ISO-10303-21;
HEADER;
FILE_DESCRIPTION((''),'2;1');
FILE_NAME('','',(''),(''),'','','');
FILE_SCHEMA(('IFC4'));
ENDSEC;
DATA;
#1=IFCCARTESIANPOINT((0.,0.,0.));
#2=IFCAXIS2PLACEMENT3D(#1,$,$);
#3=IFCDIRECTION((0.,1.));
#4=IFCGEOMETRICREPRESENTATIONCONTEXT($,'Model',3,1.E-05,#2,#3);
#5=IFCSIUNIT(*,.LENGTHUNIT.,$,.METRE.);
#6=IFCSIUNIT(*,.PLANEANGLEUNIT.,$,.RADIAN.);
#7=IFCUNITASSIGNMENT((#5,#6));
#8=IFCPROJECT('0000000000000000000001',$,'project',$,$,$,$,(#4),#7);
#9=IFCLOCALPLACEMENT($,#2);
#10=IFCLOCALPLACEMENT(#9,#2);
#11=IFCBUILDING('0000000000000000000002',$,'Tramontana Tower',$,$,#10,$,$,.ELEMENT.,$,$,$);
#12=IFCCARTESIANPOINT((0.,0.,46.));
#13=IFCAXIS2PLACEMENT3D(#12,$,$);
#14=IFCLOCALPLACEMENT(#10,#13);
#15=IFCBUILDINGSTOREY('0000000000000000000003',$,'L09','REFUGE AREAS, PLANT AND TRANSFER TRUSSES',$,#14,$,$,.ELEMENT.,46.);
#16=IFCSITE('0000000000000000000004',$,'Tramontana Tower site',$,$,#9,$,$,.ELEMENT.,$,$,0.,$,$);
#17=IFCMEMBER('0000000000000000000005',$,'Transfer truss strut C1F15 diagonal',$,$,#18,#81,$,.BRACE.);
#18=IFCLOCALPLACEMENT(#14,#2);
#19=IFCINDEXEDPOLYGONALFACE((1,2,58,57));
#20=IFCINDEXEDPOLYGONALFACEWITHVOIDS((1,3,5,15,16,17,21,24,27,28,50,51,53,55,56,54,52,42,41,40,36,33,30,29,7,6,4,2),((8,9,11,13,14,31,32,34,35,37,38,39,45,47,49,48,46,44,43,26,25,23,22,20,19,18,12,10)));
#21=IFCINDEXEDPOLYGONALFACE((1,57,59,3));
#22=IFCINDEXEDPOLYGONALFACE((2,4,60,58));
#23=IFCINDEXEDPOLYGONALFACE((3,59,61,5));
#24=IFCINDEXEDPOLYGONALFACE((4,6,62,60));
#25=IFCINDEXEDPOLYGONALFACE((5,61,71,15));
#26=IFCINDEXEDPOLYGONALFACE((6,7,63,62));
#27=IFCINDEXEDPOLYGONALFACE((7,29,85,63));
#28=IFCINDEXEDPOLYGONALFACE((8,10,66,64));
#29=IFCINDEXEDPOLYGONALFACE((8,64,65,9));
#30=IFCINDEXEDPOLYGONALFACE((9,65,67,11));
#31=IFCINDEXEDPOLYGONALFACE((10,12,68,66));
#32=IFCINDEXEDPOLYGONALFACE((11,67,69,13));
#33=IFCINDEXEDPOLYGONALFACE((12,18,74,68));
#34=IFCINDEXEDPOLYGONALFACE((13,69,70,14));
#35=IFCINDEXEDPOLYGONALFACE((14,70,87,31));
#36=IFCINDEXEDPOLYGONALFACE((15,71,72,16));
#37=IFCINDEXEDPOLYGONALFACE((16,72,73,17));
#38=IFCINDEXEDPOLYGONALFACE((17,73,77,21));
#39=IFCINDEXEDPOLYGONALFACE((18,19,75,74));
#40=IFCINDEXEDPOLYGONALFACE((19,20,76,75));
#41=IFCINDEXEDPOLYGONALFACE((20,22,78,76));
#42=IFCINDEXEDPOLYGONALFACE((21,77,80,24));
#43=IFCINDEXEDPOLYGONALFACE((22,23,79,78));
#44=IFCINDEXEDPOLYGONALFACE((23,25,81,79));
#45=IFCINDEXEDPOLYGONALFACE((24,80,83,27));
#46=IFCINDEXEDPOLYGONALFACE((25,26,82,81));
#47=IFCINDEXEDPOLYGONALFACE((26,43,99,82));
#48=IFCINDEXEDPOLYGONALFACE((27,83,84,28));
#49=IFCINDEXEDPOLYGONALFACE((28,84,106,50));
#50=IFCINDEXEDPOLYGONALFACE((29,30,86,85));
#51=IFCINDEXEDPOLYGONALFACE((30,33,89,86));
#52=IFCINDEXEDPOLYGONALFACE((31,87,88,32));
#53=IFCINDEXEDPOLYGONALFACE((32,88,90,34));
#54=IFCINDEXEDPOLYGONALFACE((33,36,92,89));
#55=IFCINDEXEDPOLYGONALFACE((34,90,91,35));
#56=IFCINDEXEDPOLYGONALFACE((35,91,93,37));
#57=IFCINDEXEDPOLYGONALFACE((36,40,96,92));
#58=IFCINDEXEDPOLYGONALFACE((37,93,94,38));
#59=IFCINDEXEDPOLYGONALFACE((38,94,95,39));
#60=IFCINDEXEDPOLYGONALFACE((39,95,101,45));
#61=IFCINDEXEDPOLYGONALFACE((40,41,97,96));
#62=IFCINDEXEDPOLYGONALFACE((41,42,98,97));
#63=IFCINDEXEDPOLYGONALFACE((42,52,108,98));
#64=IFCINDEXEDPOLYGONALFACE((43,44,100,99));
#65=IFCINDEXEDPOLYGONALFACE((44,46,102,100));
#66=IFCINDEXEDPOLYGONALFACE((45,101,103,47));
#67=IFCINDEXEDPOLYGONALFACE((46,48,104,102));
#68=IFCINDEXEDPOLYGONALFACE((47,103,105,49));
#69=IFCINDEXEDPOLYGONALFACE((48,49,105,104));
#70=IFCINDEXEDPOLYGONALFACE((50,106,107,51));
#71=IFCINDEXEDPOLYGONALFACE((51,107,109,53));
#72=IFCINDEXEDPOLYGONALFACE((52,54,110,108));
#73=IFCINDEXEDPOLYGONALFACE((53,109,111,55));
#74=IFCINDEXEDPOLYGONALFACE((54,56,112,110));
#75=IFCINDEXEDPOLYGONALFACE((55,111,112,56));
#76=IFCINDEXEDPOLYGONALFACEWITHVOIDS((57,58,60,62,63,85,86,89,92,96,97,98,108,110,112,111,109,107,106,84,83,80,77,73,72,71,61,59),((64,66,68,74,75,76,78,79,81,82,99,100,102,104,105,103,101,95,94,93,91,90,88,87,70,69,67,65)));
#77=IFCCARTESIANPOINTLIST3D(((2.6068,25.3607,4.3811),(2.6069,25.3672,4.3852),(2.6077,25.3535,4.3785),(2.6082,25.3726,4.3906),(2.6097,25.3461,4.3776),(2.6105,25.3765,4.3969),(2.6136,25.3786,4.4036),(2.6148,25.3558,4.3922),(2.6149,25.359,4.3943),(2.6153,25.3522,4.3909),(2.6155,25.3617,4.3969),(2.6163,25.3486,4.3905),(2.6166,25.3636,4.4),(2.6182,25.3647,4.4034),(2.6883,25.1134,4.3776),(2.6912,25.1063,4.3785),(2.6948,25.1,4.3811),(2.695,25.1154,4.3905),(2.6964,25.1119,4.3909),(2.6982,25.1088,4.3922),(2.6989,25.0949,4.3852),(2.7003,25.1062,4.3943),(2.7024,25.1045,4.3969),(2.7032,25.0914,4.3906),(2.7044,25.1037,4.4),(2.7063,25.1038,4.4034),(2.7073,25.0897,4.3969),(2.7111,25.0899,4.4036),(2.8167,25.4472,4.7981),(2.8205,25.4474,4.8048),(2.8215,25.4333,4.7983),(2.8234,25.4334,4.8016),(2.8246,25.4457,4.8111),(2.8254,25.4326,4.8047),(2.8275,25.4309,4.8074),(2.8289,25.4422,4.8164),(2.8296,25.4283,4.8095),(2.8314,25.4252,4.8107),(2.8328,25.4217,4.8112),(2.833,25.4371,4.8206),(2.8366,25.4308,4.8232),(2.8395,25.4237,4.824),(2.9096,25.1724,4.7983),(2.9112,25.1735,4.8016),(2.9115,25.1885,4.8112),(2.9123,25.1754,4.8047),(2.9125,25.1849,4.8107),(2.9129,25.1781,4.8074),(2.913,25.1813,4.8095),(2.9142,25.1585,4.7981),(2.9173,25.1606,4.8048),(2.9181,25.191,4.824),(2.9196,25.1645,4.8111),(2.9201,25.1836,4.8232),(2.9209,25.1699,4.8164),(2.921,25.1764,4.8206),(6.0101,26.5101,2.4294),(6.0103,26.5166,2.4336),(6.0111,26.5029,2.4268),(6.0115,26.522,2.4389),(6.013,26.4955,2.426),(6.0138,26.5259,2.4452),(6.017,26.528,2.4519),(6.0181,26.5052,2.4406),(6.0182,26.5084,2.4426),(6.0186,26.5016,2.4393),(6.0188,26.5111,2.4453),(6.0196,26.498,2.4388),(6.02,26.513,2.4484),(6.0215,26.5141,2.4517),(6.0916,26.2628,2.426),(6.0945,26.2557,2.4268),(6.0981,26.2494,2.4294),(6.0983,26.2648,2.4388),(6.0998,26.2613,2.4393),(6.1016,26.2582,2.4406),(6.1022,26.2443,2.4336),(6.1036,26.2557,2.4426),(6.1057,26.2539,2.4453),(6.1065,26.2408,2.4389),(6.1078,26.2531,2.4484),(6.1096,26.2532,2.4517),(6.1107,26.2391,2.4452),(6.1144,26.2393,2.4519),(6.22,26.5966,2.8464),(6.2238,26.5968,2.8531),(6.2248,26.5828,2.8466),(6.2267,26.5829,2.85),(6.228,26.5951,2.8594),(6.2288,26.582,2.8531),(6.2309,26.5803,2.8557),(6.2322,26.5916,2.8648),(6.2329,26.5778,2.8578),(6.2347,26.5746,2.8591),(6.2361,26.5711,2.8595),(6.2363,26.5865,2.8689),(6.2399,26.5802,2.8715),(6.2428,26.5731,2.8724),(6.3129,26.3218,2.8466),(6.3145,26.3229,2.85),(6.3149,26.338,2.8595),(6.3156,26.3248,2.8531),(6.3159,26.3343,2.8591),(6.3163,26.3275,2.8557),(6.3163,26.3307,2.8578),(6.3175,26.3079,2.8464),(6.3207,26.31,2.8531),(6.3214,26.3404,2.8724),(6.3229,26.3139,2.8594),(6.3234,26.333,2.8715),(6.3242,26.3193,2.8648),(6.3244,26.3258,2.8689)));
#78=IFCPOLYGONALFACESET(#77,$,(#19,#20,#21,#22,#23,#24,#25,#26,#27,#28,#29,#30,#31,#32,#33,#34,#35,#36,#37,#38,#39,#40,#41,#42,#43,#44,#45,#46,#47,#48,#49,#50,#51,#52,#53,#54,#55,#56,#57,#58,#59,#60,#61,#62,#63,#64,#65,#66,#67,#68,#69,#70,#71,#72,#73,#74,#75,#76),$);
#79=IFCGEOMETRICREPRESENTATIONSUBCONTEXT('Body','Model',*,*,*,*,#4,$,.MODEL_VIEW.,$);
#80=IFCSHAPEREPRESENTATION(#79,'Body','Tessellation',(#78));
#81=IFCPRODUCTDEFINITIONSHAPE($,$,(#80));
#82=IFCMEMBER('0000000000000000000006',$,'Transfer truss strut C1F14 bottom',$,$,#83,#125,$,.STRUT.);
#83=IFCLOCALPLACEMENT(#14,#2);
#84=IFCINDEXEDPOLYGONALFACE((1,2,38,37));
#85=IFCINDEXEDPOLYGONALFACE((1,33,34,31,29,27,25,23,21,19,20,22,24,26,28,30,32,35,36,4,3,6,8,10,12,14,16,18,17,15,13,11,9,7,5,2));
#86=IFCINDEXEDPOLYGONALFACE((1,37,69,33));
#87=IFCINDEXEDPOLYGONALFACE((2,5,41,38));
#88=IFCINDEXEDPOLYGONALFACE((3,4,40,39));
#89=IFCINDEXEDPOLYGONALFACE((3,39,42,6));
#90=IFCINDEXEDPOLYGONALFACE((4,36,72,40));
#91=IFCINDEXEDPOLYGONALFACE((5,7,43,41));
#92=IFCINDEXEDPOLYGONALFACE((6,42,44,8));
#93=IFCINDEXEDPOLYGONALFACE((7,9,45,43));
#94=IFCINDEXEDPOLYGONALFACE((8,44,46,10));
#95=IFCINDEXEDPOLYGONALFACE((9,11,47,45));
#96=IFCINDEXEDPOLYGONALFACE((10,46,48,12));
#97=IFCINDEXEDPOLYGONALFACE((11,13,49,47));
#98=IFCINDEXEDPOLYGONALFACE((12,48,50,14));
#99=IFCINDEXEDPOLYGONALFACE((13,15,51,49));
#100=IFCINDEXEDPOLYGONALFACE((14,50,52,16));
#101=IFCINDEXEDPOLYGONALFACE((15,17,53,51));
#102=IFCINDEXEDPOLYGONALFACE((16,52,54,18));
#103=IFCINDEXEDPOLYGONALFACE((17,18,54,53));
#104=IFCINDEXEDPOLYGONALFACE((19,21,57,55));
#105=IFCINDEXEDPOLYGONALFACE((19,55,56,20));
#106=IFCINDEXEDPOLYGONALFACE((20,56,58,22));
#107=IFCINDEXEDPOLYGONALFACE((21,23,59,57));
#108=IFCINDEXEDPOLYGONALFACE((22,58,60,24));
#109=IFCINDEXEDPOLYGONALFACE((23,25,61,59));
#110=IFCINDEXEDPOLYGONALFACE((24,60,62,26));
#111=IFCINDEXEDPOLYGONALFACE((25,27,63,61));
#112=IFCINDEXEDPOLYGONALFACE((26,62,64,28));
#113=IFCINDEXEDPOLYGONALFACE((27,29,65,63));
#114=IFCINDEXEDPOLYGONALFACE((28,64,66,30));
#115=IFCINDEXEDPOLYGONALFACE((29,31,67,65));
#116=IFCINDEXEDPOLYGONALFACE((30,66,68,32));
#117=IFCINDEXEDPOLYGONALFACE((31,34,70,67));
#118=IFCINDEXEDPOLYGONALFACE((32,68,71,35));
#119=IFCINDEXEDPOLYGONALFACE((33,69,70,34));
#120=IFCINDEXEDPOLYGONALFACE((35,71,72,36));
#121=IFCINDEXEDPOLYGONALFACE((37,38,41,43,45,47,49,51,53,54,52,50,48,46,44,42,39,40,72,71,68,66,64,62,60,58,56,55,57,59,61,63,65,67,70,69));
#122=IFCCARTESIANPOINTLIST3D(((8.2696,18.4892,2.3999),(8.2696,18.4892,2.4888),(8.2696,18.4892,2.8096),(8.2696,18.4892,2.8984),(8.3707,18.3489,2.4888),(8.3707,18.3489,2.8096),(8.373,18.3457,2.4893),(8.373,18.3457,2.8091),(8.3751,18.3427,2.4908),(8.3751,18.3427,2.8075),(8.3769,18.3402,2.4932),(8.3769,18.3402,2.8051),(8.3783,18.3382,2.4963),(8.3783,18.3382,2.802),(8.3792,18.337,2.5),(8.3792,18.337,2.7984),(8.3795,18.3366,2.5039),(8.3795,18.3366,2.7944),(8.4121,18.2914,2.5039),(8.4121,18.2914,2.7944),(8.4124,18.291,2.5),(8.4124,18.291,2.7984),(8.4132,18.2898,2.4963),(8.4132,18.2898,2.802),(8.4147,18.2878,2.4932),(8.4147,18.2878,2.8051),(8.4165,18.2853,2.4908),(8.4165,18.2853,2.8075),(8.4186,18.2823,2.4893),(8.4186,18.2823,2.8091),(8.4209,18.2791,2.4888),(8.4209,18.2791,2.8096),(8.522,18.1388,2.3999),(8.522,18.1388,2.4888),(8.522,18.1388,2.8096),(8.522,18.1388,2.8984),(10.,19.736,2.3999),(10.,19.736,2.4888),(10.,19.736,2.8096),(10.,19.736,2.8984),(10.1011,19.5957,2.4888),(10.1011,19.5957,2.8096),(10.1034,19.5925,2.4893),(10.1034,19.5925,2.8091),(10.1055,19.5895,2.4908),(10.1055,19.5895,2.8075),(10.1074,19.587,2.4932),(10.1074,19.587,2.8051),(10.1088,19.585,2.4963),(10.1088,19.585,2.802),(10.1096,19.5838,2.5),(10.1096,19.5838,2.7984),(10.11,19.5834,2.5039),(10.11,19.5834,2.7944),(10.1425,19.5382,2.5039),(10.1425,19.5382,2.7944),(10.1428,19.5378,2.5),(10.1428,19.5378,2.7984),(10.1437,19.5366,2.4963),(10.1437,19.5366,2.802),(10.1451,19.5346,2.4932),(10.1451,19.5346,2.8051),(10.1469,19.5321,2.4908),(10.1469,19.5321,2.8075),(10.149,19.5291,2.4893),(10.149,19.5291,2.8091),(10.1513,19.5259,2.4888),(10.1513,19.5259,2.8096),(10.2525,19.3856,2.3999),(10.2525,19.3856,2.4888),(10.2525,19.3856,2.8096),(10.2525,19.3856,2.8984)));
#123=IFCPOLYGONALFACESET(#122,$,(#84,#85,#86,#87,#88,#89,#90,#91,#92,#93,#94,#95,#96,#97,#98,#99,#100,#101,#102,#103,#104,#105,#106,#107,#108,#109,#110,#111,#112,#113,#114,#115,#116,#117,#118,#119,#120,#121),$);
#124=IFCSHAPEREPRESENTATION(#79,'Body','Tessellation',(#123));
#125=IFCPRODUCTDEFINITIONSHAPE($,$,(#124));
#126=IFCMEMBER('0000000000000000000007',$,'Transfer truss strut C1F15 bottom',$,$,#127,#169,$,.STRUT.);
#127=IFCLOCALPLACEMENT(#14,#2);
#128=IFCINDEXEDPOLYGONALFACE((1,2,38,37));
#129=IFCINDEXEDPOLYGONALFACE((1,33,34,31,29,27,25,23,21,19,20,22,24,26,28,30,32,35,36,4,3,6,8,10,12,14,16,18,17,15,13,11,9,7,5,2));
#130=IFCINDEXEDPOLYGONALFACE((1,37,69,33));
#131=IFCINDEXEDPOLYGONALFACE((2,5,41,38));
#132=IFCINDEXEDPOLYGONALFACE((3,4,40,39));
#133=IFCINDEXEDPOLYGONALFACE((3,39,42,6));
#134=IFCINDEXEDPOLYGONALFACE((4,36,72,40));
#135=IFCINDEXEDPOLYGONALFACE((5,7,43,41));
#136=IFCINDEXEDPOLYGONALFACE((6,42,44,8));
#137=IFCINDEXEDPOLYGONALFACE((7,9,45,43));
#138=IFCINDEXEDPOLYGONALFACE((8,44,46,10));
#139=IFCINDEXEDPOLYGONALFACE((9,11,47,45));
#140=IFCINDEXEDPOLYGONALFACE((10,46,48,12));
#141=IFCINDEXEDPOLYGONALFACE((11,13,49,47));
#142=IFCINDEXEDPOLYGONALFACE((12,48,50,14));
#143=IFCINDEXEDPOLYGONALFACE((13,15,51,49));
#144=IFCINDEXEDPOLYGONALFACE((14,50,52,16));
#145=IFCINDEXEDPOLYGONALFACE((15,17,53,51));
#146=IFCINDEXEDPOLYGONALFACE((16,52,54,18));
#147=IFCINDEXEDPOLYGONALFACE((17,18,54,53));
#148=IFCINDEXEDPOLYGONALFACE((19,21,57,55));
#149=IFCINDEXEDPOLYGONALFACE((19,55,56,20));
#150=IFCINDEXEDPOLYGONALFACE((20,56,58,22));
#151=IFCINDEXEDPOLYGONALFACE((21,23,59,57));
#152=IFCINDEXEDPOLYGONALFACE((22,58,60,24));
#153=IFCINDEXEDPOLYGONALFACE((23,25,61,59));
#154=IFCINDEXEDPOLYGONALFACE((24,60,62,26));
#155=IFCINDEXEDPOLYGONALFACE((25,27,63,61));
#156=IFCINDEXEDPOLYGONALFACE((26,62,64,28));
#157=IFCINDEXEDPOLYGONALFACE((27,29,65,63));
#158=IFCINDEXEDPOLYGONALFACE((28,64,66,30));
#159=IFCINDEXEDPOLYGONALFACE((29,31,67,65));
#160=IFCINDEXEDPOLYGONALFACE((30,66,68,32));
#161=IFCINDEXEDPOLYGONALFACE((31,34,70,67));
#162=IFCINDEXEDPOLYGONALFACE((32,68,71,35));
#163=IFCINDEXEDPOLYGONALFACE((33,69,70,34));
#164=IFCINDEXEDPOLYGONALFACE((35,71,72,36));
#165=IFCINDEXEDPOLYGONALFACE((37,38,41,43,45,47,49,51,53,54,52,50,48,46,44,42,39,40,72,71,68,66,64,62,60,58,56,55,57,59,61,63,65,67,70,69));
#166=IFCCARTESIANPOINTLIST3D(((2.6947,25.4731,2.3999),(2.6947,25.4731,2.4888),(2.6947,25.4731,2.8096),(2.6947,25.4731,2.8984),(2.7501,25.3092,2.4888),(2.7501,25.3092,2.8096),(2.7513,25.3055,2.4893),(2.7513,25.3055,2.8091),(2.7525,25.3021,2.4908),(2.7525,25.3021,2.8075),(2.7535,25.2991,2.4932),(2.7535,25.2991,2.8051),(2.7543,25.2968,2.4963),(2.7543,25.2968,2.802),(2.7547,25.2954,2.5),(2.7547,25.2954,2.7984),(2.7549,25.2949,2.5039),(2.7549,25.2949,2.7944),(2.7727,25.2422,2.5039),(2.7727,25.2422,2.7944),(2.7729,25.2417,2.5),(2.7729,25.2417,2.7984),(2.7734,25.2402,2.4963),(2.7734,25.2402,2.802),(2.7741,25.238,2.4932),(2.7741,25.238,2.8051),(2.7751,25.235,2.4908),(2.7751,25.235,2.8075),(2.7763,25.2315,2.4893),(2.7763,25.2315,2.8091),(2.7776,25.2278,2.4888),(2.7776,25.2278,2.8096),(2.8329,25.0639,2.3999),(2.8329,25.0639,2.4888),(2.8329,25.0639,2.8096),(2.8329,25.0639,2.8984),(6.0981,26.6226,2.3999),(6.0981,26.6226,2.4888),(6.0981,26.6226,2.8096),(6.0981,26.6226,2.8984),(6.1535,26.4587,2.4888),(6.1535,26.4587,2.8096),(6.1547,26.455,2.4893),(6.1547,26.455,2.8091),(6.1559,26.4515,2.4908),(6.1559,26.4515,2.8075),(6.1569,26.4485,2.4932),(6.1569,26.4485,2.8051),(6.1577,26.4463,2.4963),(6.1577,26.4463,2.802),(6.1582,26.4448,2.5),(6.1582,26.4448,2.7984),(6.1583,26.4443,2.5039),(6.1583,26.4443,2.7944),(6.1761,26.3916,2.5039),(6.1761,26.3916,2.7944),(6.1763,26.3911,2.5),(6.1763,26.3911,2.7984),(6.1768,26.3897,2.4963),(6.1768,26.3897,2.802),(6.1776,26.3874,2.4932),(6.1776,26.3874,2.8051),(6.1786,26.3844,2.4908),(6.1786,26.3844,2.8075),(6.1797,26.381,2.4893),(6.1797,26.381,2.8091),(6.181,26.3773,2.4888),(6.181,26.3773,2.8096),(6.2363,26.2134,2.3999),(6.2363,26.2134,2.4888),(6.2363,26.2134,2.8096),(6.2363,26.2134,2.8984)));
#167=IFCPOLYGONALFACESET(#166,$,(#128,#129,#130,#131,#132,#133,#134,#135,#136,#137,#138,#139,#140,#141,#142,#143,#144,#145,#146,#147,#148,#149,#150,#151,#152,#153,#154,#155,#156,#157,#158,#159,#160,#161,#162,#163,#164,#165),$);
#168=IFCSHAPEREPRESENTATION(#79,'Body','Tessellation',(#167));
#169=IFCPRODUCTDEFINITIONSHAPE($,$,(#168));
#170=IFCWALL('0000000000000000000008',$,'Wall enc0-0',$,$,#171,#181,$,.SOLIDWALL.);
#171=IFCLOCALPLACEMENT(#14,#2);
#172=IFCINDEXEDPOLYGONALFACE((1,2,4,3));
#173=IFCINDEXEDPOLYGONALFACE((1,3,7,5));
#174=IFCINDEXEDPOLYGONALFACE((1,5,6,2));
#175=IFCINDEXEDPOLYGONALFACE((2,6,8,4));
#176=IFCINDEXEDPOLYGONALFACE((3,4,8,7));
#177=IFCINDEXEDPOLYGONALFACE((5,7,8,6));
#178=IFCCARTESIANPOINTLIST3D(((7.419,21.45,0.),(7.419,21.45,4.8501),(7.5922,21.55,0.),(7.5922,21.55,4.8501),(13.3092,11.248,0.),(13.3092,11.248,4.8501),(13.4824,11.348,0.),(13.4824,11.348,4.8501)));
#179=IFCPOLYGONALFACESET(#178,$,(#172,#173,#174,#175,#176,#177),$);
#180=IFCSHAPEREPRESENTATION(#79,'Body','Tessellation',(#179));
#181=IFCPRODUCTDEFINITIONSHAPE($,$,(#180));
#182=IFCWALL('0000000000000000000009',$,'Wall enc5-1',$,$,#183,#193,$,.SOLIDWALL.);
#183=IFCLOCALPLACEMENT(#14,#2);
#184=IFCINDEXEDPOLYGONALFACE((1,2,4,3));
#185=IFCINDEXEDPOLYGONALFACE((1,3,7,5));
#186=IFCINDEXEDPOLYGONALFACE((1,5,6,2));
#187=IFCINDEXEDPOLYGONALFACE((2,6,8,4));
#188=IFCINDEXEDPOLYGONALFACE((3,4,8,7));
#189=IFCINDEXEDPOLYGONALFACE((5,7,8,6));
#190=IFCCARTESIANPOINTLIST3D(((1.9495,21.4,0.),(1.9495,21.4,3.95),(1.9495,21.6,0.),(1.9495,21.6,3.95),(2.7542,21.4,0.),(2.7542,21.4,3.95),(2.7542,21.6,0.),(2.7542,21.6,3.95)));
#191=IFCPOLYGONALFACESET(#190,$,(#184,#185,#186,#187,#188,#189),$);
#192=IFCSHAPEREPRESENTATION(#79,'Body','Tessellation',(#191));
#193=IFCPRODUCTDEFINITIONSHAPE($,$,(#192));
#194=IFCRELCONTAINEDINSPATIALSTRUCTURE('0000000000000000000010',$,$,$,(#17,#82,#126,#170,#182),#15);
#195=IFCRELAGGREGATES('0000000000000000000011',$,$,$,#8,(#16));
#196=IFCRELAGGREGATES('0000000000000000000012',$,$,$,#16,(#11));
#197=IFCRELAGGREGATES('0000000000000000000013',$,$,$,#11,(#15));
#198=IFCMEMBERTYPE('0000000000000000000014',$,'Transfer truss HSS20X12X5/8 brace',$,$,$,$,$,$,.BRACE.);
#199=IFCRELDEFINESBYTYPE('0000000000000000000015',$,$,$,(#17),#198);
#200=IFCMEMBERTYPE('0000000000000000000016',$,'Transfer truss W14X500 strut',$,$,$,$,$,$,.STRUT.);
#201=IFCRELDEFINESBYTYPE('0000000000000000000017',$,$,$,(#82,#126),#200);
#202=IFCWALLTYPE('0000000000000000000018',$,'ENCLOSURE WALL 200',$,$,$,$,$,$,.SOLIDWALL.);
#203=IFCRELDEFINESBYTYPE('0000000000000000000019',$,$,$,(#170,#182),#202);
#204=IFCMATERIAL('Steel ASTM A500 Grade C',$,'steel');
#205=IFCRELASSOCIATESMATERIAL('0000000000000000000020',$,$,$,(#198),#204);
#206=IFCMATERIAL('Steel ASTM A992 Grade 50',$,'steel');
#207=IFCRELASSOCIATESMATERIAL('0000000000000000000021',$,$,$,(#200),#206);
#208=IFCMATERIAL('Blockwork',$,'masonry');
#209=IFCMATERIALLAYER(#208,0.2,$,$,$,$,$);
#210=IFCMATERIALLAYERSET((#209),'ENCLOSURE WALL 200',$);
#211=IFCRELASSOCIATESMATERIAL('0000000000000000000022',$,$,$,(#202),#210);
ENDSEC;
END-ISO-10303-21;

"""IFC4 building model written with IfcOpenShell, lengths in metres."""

from ifc_helpers import new_model, si_unit, direction, frame, frame_2d, origin, origin_2d, place, context, subcontext, project, spatial, rectangle, hollow_rectangle, i_section, extrude, material, layer, layer_set, material_profile, profile_set, type_object, element, save


model = new_model("IFC4")

# Units and contexts
model_context = context("Model", 3, precision=1e-05, world=origin(), true_north=direction((0.0, 1.0)))
body_context = subcontext(model_context, "Body", "Model", "MODEL_VIEW")
ifc_project = project(units=[si_unit("LENGTHUNIT", "METRE"), si_unit("PLANEANGLEUNIT", "RADIAN")], contexts=[model_context])

# Site, building, storey
site_placement = place(None, origin())
site = spatial("IfcSite", under=ifc_project, at=site_placement, Name="Tramontana Tower site", CompositionType="ELEMENT", RefElevation=0.0)
building_placement = place(site_placement, origin())
building = spatial("IfcBuilding", under=site, at=building_placement, Name="Tramontana Tower", CompositionType="ELEMENT")
storey_placement = place(building_placement, frame((0.0, 0.0, 46.0)))
storey = spatial("IfcBuildingStorey", under=building, at=storey_placement, Name="L09", Description="REFUGE AREAS, PLANT AND TRANSFER TRUSSES", CompositionType="ELEMENT", Elevation=46.0)

# Members
ifc_material_1 = material(Name="Steel ASTM A500 Grade C", Category="steel")
ifc_material_profile_1 = material_profile(ifc_material_1, hollow_rectangle(XDim=0.3047, YDim=0.5081, WallThickness=0.0146, InnerFilletRadius=0.0146, OuterFilletRadius=0.0295, at=origin_2d()), Name="HSS20X12X5/8")
ifc_profile_set_1 = profile_set([ifc_material_profile_1], Name="Steel ASTM A500 Grade C")
member_type_1 = type_object("IfcMemberType", Name="Transfer truss HSS20X12X5/8 brace", PredefinedType="BRACE", material=ifc_profile_set_1)
member_1_placement = place(storey_placement, frame((6.1672, 26.418, 2.6492), z_axis=(-0.83249, -0.28116, 0.477398), x_axis=(0.319977, -0.947425, 0.0)))
element("IfcMember", 1, at=member_1_placement, inside=storey, type_object=member_type_1, Name="Transfer truss strut C1F15 diagonal", PredefinedType="BRACE", context=body_context, shape_type="SweptSolid", body=[
    extrude(hollow_rectangle(XDim=0.3047, YDim=0.5081, WallThickness=0.0146, InnerFilletRadius=0.0146, OuterFilletRadius=0.0295, at=origin_2d()), origin(), (0.0, 0.0, 1.0), 4.0881),
])
ifc_material_2 = material(Name="Steel ASTM A992 Grade 50", Category="steel")
ifc_material_profile_2 = material_profile(ifc_material_2, i_section(OverallWidth=0.4319, OverallDepth=0.4985, WebThickness=0.0557, FlangeThickness=0.0889, FilletRadius=0.0151, at=origin_2d()), Name="W14X500")
ifc_profile_set_2 = profile_set([ifc_material_profile_2], Name="Steel ASTM A992 Grade 50")
member_type_2 = type_object("IfcMemberType", Name="Transfer truss W14X500 strut", PredefinedType="STRUT", material=ifc_profile_set_2)
member_2_placement = place(storey_placement, frame((10.1262, 19.5608, 2.6492), z_axis=(-0.811337, -0.584579, 0.0), x_axis=(0.584579, -0.811337, 0.0)))
element("IfcMember", 2, at=member_2_placement, inside=storey, type_object=member_type_2, Name="Transfer truss strut C1F14 bottom", PredefinedType="STRUT", context=body_context, shape_type="SweptSolid", body=[
    extrude(i_section(OverallWidth=0.4319, OverallDepth=0.4985, WebThickness=0.0557, FlangeThickness=0.0889, FilletRadius=0.0151, at=origin_2d()), origin(), (0.0, 0.0, 1.0), 2.1328),
])
member_3_placement = place(storey_placement, frame((6.1672, 26.418, 2.6492), z_axis=(-0.947425, -0.319977, 0.0), x_axis=(0.319977, -0.947425, 0.0)))
element("IfcMember", 3, at=member_3_placement, inside=storey, type_object=member_type_2, Name="Transfer truss strut C1F15 bottom", PredefinedType="STRUT", context=body_context, shape_type="SweptSolid", body=[
    extrude(i_section(OverallWidth=0.4319, OverallDepth=0.4985, WebThickness=0.0557, FlangeThickness=0.0889, FilletRadius=0.0151, at=origin_2d()), origin(), (0.0, 0.0, 1.0), 3.5923),
])

# Walls
ifc_material_3 = material(Name="Blockwork", Category="masonry")
ifc_layer_1 = layer(ifc_material_3, 0.2)
ifc_layer_set_1 = layer_set([ifc_layer_1], Name="ENCLOSURE WALL 200")
wall_type_1 = type_object("IfcWallType", Name="ENCLOSURE WALL 200", PredefinedType="SOLIDWALL", material=ifc_layer_set_1)
wall_1_placement = place(storey_placement, frame((7.5056, 21.5, 0.0), z_axis=(0.0, 0.0, 1.0), x_axis=(0.500004, -0.866023, 0.0)))
element("IfcWall", 4, at=wall_1_placement, inside=storey, type_object=wall_type_1, Name="Wall enc0-0", PredefinedType="SOLIDWALL", context=body_context, shape_type="SweptSolid", body=[
    extrude(rectangle(XDim=11.7803, YDim=0.2, at=frame_2d((5.8901, 0.0))), origin(), (0.0, 0.0, 1.0), 4.8501),
])
wall_2_placement = place(storey_placement, frame((1.9495, 21.5, 0.0), z_axis=(0.0, 0.0, 1.0), x_axis=(1.0, 0.0, 0.0)))
element("IfcWall", 5, at=wall_2_placement, inside=storey, type_object=wall_type_1, Name="Wall enc5-1", PredefinedType="SOLIDWALL", context=body_context, shape_type="SweptSolid", body=[
    extrude(rectangle(XDim=0.8047, YDim=0.2, at=frame_2d((0.4023, 0.0))), origin(), (0.0, 0.0, 1.0), 3.95),
])

save(model, "model.ifc")
